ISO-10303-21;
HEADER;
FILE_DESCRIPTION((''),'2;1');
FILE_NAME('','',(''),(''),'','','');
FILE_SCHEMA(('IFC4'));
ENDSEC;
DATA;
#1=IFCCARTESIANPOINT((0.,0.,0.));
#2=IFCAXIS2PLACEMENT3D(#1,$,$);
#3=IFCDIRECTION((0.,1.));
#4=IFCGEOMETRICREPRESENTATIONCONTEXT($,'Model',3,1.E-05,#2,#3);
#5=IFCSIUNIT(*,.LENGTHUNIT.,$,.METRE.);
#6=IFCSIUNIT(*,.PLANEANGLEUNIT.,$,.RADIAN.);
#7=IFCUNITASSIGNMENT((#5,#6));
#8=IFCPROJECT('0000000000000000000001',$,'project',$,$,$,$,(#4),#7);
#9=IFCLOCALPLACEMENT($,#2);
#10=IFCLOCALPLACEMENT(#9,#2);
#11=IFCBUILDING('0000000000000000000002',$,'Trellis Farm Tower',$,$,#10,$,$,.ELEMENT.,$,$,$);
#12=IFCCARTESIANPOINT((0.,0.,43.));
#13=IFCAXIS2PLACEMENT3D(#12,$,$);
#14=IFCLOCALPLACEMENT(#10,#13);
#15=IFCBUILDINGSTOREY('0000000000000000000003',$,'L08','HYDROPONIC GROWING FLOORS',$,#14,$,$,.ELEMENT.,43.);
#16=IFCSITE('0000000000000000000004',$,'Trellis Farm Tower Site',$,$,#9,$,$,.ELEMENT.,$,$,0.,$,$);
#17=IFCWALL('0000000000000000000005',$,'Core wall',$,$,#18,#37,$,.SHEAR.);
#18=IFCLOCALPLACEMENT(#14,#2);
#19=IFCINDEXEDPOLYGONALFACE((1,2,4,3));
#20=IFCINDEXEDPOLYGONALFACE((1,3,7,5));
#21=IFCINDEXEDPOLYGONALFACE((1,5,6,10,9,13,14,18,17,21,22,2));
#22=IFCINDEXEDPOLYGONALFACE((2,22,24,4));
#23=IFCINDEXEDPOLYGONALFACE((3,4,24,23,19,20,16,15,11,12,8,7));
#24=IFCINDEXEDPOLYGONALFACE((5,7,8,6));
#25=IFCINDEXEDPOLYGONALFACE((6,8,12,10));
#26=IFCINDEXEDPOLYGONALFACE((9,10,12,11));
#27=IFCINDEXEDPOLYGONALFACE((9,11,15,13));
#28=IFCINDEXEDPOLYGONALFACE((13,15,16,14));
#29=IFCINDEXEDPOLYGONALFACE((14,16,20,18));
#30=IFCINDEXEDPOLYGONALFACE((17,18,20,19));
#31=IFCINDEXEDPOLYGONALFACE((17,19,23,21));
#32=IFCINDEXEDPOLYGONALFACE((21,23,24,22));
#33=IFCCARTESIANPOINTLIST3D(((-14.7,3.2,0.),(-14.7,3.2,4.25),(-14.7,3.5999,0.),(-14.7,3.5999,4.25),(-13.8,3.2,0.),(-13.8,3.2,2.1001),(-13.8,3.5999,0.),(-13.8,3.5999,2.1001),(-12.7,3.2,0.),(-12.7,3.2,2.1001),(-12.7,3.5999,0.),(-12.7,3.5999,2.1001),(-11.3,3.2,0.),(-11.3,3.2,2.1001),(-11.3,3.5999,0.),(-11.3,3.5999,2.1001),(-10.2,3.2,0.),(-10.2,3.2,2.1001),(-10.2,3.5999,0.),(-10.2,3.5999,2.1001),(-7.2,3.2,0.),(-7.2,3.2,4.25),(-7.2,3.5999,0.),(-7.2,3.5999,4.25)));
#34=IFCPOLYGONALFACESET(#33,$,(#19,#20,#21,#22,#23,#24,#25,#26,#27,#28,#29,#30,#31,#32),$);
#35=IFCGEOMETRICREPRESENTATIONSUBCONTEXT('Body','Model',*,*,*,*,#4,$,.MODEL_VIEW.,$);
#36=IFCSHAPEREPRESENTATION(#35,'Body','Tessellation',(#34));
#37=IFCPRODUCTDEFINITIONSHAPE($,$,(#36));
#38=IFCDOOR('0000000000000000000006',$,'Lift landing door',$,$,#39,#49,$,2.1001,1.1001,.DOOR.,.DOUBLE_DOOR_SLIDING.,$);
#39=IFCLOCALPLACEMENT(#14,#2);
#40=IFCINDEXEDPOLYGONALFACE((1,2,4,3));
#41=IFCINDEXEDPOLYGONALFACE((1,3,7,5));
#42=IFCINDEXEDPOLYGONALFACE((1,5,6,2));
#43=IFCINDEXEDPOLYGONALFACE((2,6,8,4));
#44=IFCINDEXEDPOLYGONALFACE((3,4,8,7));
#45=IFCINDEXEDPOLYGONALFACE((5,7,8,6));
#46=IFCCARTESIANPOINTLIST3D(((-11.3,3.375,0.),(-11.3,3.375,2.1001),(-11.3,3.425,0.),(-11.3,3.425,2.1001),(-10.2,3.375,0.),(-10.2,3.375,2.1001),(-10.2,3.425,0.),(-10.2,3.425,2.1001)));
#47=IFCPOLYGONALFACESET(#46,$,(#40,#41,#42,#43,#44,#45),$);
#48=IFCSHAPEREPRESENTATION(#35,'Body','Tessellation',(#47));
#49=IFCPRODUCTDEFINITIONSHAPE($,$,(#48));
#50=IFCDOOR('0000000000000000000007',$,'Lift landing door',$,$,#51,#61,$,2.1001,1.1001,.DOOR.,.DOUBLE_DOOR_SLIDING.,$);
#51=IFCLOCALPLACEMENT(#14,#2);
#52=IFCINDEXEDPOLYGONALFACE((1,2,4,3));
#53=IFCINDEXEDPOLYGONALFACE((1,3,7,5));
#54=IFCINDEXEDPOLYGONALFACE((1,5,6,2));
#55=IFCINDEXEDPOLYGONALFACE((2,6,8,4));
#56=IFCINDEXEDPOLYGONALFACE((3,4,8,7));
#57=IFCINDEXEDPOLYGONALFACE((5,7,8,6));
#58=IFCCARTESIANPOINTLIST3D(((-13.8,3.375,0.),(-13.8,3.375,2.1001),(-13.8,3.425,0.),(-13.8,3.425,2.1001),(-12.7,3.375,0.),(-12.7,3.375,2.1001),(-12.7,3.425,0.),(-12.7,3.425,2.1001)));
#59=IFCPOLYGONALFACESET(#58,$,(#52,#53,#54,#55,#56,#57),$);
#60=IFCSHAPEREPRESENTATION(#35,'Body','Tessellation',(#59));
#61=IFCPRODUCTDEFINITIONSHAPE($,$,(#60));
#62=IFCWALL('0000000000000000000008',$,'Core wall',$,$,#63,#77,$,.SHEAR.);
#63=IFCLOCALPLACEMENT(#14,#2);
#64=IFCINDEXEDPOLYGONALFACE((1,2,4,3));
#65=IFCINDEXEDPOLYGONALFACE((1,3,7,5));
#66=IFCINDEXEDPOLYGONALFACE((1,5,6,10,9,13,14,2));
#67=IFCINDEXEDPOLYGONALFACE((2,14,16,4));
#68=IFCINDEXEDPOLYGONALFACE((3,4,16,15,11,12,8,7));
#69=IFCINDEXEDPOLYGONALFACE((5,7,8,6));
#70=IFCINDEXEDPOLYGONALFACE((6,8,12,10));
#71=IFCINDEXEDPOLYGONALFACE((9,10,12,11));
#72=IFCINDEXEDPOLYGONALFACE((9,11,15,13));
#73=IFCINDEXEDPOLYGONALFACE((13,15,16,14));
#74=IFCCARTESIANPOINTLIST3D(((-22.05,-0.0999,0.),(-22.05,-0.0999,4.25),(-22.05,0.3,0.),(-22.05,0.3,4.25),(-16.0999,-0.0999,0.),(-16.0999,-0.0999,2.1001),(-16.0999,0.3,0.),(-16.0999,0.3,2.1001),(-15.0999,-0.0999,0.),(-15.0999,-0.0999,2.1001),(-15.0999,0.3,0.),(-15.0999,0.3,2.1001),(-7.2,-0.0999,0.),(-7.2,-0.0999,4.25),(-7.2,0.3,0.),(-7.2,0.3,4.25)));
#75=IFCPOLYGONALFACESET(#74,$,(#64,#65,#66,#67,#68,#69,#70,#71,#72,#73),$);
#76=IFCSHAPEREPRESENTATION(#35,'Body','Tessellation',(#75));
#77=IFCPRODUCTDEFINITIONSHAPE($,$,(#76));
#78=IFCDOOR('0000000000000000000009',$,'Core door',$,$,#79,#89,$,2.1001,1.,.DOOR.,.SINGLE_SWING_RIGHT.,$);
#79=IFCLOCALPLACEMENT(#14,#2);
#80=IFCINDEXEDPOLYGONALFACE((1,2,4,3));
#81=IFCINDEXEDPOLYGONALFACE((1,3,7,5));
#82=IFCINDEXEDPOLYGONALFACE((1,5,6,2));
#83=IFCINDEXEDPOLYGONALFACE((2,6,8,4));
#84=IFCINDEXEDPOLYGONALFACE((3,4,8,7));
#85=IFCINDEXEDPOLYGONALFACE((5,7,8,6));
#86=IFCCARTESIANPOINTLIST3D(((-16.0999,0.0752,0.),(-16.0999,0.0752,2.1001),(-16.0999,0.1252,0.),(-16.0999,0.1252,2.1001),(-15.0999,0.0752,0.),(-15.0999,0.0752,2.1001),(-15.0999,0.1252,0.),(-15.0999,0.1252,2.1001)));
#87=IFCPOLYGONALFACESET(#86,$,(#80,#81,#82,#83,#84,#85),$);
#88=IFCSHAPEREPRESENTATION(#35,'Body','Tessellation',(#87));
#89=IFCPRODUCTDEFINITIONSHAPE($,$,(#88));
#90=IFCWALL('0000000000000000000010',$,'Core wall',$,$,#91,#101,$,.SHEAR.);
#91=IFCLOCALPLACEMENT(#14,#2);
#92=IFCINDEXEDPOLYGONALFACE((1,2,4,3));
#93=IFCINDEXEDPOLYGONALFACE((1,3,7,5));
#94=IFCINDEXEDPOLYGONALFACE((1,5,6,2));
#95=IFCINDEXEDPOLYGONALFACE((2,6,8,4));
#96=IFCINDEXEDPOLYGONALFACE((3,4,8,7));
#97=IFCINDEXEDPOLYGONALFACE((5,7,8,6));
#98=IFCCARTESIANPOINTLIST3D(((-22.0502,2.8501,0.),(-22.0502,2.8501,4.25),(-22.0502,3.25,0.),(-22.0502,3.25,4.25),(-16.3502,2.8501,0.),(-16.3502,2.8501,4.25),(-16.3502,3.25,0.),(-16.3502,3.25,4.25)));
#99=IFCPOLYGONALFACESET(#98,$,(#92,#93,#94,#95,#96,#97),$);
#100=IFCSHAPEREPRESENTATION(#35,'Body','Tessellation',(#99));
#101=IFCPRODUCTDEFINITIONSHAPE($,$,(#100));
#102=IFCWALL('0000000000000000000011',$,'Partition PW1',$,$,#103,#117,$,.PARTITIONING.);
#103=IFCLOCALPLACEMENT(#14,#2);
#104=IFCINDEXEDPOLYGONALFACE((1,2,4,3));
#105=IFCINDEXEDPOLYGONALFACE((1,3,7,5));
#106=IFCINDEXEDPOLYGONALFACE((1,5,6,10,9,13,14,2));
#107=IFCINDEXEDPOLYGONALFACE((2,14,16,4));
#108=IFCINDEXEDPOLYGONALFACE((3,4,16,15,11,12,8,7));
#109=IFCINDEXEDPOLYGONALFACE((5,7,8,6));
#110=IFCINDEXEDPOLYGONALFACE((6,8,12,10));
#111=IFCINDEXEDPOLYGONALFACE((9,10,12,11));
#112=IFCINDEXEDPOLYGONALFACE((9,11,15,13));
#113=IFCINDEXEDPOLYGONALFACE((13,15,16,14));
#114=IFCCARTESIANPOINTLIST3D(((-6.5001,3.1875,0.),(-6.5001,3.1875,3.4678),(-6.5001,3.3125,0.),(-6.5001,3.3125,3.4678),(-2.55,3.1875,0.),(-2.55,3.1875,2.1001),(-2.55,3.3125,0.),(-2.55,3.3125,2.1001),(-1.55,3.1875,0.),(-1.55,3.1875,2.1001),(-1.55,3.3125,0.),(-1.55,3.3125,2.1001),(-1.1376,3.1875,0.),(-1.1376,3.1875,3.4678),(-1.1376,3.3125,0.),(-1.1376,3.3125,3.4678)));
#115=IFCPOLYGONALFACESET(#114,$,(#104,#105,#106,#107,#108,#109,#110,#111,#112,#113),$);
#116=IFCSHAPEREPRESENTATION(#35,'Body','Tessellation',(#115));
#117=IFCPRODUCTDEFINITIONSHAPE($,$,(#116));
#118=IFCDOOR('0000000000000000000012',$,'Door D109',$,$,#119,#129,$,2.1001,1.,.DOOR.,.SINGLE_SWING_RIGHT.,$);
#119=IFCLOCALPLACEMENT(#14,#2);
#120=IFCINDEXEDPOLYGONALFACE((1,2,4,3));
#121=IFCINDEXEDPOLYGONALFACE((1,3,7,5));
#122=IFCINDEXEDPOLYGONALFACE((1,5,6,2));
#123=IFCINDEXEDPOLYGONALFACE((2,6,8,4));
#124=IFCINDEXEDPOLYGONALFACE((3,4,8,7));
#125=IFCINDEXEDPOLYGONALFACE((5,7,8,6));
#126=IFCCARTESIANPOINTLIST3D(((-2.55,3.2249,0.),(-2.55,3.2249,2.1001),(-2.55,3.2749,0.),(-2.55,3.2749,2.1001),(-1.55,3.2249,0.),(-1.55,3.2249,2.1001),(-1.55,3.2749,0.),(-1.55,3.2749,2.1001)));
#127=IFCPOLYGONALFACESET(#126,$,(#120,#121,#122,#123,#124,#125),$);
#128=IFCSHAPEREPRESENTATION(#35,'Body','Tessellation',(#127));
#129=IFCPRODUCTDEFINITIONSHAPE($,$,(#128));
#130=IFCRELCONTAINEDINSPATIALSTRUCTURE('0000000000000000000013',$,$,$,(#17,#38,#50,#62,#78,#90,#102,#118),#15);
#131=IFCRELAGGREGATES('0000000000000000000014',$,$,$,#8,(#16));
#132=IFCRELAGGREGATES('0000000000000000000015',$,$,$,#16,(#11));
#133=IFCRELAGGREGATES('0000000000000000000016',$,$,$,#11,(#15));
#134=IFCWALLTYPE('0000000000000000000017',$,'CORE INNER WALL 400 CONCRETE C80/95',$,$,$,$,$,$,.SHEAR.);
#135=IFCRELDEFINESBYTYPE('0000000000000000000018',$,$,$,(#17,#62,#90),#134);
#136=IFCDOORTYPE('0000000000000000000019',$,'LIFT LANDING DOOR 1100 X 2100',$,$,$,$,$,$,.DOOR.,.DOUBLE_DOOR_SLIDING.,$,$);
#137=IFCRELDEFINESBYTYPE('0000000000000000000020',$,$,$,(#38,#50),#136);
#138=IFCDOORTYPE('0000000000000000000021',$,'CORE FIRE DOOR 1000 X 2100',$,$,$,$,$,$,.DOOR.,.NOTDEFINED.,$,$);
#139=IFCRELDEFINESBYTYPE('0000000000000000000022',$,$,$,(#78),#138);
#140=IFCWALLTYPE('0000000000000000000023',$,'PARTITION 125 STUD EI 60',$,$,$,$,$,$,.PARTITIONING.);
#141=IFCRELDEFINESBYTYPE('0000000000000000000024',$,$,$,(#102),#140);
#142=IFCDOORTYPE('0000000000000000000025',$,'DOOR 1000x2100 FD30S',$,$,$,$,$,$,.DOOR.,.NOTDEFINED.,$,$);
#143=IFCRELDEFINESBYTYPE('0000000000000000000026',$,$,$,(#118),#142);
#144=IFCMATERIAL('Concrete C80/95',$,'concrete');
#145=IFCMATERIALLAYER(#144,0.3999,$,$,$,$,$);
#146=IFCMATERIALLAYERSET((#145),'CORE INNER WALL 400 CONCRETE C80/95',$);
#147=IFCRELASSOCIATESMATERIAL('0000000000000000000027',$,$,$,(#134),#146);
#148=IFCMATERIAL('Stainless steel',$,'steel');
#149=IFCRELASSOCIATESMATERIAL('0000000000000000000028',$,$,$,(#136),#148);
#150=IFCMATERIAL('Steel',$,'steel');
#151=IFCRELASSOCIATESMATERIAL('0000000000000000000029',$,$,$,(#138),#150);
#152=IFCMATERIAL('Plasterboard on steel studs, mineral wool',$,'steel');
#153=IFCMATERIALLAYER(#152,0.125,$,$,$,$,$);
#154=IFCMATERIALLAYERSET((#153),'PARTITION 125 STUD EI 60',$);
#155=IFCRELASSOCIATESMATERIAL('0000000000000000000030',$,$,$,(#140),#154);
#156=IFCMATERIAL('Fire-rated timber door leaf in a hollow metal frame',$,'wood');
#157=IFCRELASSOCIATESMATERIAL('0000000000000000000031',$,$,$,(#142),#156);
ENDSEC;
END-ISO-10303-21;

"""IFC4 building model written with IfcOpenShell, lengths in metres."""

from ifc_helpers import new_model, si_unit, direction, frame, frame_2d, origin, place, context, subcontext, project, spatial, rectangle, extrude, source, transform, mapped, material, layer, layer_set, type_object, element, fill, save


model = new_model("IFC4")

# Units and contexts
model_context = context("Model", 3, precision=1e-05, world=origin(), true_north=direction((0.0, 1.0)))
body_context = subcontext(model_context, "Body", "Model", "MODEL_VIEW")
ifc_project = project(units=[si_unit("LENGTHUNIT", "METRE"), si_unit("PLANEANGLEUNIT", "RADIAN")], contexts=[model_context])

# Site, building, storey
site_placement = place(None, origin())
site = spatial("IfcSite", under=ifc_project, at=site_placement, Name="Trellis Farm Tower Site", CompositionType="ELEMENT", RefElevation=0.0)
building_placement = place(site_placement, origin())
building = spatial("IfcBuilding", under=site, at=building_placement, Name="Trellis Farm Tower", CompositionType="ELEMENT")
storey_placement = place(building_placement, frame((0.0, 0.0, 43.0)))
storey = spatial("IfcBuildingStorey", under=building, at=storey_placement, Name="L08", Description="HYDROPONIC GROWING FLOORS", CompositionType="ELEMENT", Elevation=43.0)

# Shared definitions
ifc_material_1 = material(Name="Concrete C80/95", Category="concrete")

# Wall, openings, doors
ifc_layer_1 = layer(ifc_material_1, 0.3999)
ifc_layer_set_1 = layer_set([ifc_layer_1], Name="CORE INNER WALL 400 CONCRETE C80/95")
wall_type_1 = type_object("IfcWallType", Name="CORE INNER WALL 400 CONCRETE C80/95", PredefinedType="SHEAR", material=ifc_layer_set_1)
shared_shape_1 = source(origin(), body_context, "Body", "SweptSolid", [
    extrude(rectangle(XDim=7.5, YDim=0.3999, at=frame_2d((3.75, 0.0))), origin(), (0.0, 0.0, 1.0), 4.25),
])
wall_1_placement = place(storey_placement, frame((-7.2, 3.3999, 0.0), z_axis=(0.0, 0.0, 1.0), x_axis=(-1.0, 0.0, 0.0)))
wall_1 = element("IfcWall", 1, at=wall_1_placement, inside=storey, type_object=wall_type_1, Name="Core wall", PredefinedType="SHEAR", context=body_context, shape_type="MappedRepresentation", body=[
    mapped(shared_shape_1, transform((0.0, 0.0, 0.0))),
])
shared_shape_2 = source(origin(), body_context, "Body", "SweptSolid", [
    extrude(rectangle(XDim=1.1001, YDim=2.1001, at=frame_2d((0.55, 1.05))), frame((0.0, 0.21, 0.0), z_axis=(0.0, -1.0, 0.0), x_axis=(1.0, 0.0, 0.0)), (0.0, 0.0, 1.0), 0.4199),
])
opening_1_placement = place(wall_1_placement, frame((3.0, 0.0, 0.0)))
opening_1 = element("IfcOpeningElement", 2, at=opening_1_placement, cuts=wall_1, PredefinedType="OPENING", context=body_context, shape_type="MappedRepresentation", body=[
    mapped(shared_shape_2, transform((0.0, 0.0, 0.0))),
])
opening_2_placement = place(wall_1_placement, frame((5.5, 0.0, 0.0)))
opening_2 = element("IfcOpeningElement", 3, at=opening_2_placement, cuts=wall_1, PredefinedType="OPENING", context=body_context, shape_type="MappedRepresentation", body=[
    mapped(shared_shape_2, transform((0.0, 0.0, 0.0))),
])
ifc_material_2 = material(Name="Stainless steel", Category="steel")
door_type_1 = type_object("IfcDoorType", Name="LIFT LANDING DOOR 1100 X 2100", OperationType="DOUBLE_DOOR_SLIDING", PredefinedType="DOOR", material=ifc_material_2)
shared_shape_3 = source(origin(), body_context, "Body", "SweptSolid", [
    extrude(rectangle(XDim=1.1001, YDim=2.1001, at=frame_2d((0.55, 1.05))), frame((0.0, 0.0249, 0.0), z_axis=(0.0, -1.0, 0.0), x_axis=(1.0, 0.0, 0.0)), (0.0, 0.0, 1.0), 0.05),
])
door_1_placement = place(opening_1_placement, origin())
door_1 = element("IfcDoor", 4, at=door_1_placement, inside=storey, type_object=door_type_1, Name="Lift landing door", OperationType="DOUBLE_DOOR_SLIDING", OverallHeight=2.1001, OverallWidth=1.1001, PredefinedType="DOOR", context=body_context, shape_type="MappedRepresentation", body=[
    mapped(shared_shape_3, transform((0.0, 0.0, 0.0))),
])
fill(opening_1, door_1)
door_2_placement = place(opening_2_placement, origin())
door_2 = element("IfcDoor", 5, at=door_2_placement, inside=storey, type_object=door_type_1, Name="Lift landing door", OperationType="DOUBLE_DOOR_SLIDING", OverallHeight=2.1001, OverallWidth=1.1001, PredefinedType="DOOR", context=body_context, shape_type="MappedRepresentation", body=[
    mapped(shared_shape_3, transform((0.0, 0.0, 0.0))),
])
fill(opening_2, door_2)

# Wall, opening, door
shared_shape_4 = source(origin(), body_context, "Body", "SweptSolid", [
    extrude(rectangle(XDim=14.8501, YDim=0.3999, at=frame_2d((7.425, 0.0))), origin(), (0.0, 0.0, 1.0), 4.25),
])
wall_2_placement = place(storey_placement, frame((-7.2, 0.1001, 0.0), z_axis=(0.0, 0.0, 1.0), x_axis=(-1.0, 0.0, 0.0)))
wall_2 = element("IfcWall", 6, at=wall_2_placement, inside=storey, type_object=wall_type_1, Name="Core wall", PredefinedType="SHEAR", context=body_context, shape_type="MappedRepresentation", body=[
    mapped(shared_shape_4, transform((0.0, 0.0, 0.0))),
])
shared_shape_5 = source(origin(), body_context, "Body", "SweptSolid", [
    extrude(rectangle(XDim=1.0, YDim=2.1001, at=frame_2d((0.5, 1.05))), frame((0.0, 0.21, 0.0), z_axis=(0.0, -1.0, 0.0), x_axis=(1.0, 0.0, 0.0)), (0.0, 0.0, 1.0), 0.4199),
])
opening_3_placement = place(wall_2_placement, frame((7.8999, 0.0, 0.0)))
opening_3 = element("IfcOpeningElement", 7, at=opening_3_placement, cuts=wall_2, PredefinedType="OPENING", context=body_context, shape_type="MappedRepresentation", body=[
    mapped(shared_shape_5, transform((0.0, 0.0, 0.0))),
])
ifc_material_3 = material(Name="Steel", Category="steel")
door_type_2 = type_object("IfcDoorType", Name="CORE FIRE DOOR 1000 X 2100", OperationType="NOTDEFINED", PredefinedType="DOOR", material=ifc_material_3)
shared_shape_6 = source(origin(), body_context, "Body", "SweptSolid", [
    extrude(rectangle(XDim=1.0, YDim=2.1001, at=frame_2d((0.5, 1.05))), frame((0.0, 0.0249, 0.0), z_axis=(0.0, -1.0, 0.0), x_axis=(1.0, 0.0, 0.0)), (0.0, 0.0, 1.0), 0.05),
])
door_3_placement = place(opening_3_placement, origin())
door_3 = element("IfcDoor", 8, at=door_3_placement, inside=storey, type_object=door_type_2, Name="Core door", OperationType="SINGLE_SWING_RIGHT", OverallHeight=2.1001, OverallWidth=1.0, PredefinedType="DOOR", context=body_context, shape_type="MappedRepresentation", body=[
    mapped(shared_shape_6, transform((0.0, 0.0, 0.0))),
])
fill(opening_3, door_3)

# Wall
shared_shape_7 = source(origin(), body_context, "Body", "SweptSolid", [
    extrude(rectangle(XDim=5.7, YDim=0.3999, at=frame_2d((2.8501, 0.0))), origin(), (0.0, 0.0, 1.0), 4.25),
])
wall_3_placement = place(storey_placement, frame((-16.3501, 3.05, 0.0), z_axis=(0.0, 0.0, 1.0), x_axis=(-1.0, 0.0, 0.0)))
element("IfcWall", 9, at=wall_3_placement, inside=storey, type_object=wall_type_1, Name="Core wall", PredefinedType="SHEAR", context=body_context, shape_type="MappedRepresentation", body=[
    mapped(shared_shape_7, transform((0.0, 0.0, 0.0))),
])

# Wall, opening, door
ifc_material_4 = material(Name="Plasterboard on steel studs, mineral wool", Category="steel")
ifc_layer_2 = layer(ifc_material_4, 0.125)
ifc_layer_set_2 = layer_set([ifc_layer_2], Name="PARTITION 125 STUD EI 60")
wall_type_2 = type_object("IfcWallType", Name="PARTITION 125 STUD EI 60", PredefinedType="PARTITIONING", material=ifc_layer_set_2)
shared_shape_8 = source(origin(), body_context, "Body", "SweptSolid", [
    extrude(rectangle(XDim=5.3625, YDim=0.125, at=frame_2d((2.6812, 0.0))), origin(), (0.0, 0.0, 1.0), 3.4678),
])
wall_4_placement = place(storey_placement, frame((-6.5, 3.25, 0.0), z_axis=(0.0, 0.0, 1.0), x_axis=(1.0, 0.0, 0.0)))
wall_4 = element("IfcWall", 10, at=wall_4_placement, inside=storey, type_object=wall_type_2, Name="Partition PW1", PredefinedType="PARTITIONING", context=body_context, shape_type="MappedRepresentation", body=[
    mapped(shared_shape_8, transform((0.0, 0.0, 0.0))),
])
shared_shape_9 = source(origin(), body_context, "Body", "SweptSolid", [
    extrude(rectangle(XDim=1.0, YDim=2.1001, at=frame_2d((0.5, 1.05))), frame((0.0, 0.0725, 0.0), z_axis=(0.0, -1.0, 0.0), x_axis=(1.0, 0.0, 0.0)), (0.0, 0.0, 1.0), 0.145),
])
opening_4_placement = place(wall_4_placement, frame((3.95, 0.0, 0.0)))
opening_4 = element("IfcOpeningElement", 11, at=opening_4_placement, cuts=wall_4, PredefinedType="OPENING", context=body_context, shape_type="MappedRepresentation", body=[
    mapped(shared_shape_9, transform((0.0, 0.0, 0.0))),
])
ifc_material_5 = material(Name="Fire-rated timber door leaf in a hollow metal frame", Category="wood")
door_type_3 = type_object("IfcDoorType", Name="DOOR 1000x2100 FD30S", OperationType="NOTDEFINED", PredefinedType="DOOR", material=ifc_material_5)
door_4_placement = place(opening_4_placement, origin())
door_4 = element("IfcDoor", 12, at=door_4_placement, inside=storey, type_object=door_type_3, Name="Door D109", OperationType="SINGLE_SWING_RIGHT", OverallHeight=2.1001, OverallWidth=1.0, PredefinedType="DOOR", context=body_context, shape_type="MappedRepresentation", body=[
    mapped(shared_shape_6, transform((0.0, 0.0, 0.0))),
])
fill(opening_4, door_4)

save(model, "model.ifc")
